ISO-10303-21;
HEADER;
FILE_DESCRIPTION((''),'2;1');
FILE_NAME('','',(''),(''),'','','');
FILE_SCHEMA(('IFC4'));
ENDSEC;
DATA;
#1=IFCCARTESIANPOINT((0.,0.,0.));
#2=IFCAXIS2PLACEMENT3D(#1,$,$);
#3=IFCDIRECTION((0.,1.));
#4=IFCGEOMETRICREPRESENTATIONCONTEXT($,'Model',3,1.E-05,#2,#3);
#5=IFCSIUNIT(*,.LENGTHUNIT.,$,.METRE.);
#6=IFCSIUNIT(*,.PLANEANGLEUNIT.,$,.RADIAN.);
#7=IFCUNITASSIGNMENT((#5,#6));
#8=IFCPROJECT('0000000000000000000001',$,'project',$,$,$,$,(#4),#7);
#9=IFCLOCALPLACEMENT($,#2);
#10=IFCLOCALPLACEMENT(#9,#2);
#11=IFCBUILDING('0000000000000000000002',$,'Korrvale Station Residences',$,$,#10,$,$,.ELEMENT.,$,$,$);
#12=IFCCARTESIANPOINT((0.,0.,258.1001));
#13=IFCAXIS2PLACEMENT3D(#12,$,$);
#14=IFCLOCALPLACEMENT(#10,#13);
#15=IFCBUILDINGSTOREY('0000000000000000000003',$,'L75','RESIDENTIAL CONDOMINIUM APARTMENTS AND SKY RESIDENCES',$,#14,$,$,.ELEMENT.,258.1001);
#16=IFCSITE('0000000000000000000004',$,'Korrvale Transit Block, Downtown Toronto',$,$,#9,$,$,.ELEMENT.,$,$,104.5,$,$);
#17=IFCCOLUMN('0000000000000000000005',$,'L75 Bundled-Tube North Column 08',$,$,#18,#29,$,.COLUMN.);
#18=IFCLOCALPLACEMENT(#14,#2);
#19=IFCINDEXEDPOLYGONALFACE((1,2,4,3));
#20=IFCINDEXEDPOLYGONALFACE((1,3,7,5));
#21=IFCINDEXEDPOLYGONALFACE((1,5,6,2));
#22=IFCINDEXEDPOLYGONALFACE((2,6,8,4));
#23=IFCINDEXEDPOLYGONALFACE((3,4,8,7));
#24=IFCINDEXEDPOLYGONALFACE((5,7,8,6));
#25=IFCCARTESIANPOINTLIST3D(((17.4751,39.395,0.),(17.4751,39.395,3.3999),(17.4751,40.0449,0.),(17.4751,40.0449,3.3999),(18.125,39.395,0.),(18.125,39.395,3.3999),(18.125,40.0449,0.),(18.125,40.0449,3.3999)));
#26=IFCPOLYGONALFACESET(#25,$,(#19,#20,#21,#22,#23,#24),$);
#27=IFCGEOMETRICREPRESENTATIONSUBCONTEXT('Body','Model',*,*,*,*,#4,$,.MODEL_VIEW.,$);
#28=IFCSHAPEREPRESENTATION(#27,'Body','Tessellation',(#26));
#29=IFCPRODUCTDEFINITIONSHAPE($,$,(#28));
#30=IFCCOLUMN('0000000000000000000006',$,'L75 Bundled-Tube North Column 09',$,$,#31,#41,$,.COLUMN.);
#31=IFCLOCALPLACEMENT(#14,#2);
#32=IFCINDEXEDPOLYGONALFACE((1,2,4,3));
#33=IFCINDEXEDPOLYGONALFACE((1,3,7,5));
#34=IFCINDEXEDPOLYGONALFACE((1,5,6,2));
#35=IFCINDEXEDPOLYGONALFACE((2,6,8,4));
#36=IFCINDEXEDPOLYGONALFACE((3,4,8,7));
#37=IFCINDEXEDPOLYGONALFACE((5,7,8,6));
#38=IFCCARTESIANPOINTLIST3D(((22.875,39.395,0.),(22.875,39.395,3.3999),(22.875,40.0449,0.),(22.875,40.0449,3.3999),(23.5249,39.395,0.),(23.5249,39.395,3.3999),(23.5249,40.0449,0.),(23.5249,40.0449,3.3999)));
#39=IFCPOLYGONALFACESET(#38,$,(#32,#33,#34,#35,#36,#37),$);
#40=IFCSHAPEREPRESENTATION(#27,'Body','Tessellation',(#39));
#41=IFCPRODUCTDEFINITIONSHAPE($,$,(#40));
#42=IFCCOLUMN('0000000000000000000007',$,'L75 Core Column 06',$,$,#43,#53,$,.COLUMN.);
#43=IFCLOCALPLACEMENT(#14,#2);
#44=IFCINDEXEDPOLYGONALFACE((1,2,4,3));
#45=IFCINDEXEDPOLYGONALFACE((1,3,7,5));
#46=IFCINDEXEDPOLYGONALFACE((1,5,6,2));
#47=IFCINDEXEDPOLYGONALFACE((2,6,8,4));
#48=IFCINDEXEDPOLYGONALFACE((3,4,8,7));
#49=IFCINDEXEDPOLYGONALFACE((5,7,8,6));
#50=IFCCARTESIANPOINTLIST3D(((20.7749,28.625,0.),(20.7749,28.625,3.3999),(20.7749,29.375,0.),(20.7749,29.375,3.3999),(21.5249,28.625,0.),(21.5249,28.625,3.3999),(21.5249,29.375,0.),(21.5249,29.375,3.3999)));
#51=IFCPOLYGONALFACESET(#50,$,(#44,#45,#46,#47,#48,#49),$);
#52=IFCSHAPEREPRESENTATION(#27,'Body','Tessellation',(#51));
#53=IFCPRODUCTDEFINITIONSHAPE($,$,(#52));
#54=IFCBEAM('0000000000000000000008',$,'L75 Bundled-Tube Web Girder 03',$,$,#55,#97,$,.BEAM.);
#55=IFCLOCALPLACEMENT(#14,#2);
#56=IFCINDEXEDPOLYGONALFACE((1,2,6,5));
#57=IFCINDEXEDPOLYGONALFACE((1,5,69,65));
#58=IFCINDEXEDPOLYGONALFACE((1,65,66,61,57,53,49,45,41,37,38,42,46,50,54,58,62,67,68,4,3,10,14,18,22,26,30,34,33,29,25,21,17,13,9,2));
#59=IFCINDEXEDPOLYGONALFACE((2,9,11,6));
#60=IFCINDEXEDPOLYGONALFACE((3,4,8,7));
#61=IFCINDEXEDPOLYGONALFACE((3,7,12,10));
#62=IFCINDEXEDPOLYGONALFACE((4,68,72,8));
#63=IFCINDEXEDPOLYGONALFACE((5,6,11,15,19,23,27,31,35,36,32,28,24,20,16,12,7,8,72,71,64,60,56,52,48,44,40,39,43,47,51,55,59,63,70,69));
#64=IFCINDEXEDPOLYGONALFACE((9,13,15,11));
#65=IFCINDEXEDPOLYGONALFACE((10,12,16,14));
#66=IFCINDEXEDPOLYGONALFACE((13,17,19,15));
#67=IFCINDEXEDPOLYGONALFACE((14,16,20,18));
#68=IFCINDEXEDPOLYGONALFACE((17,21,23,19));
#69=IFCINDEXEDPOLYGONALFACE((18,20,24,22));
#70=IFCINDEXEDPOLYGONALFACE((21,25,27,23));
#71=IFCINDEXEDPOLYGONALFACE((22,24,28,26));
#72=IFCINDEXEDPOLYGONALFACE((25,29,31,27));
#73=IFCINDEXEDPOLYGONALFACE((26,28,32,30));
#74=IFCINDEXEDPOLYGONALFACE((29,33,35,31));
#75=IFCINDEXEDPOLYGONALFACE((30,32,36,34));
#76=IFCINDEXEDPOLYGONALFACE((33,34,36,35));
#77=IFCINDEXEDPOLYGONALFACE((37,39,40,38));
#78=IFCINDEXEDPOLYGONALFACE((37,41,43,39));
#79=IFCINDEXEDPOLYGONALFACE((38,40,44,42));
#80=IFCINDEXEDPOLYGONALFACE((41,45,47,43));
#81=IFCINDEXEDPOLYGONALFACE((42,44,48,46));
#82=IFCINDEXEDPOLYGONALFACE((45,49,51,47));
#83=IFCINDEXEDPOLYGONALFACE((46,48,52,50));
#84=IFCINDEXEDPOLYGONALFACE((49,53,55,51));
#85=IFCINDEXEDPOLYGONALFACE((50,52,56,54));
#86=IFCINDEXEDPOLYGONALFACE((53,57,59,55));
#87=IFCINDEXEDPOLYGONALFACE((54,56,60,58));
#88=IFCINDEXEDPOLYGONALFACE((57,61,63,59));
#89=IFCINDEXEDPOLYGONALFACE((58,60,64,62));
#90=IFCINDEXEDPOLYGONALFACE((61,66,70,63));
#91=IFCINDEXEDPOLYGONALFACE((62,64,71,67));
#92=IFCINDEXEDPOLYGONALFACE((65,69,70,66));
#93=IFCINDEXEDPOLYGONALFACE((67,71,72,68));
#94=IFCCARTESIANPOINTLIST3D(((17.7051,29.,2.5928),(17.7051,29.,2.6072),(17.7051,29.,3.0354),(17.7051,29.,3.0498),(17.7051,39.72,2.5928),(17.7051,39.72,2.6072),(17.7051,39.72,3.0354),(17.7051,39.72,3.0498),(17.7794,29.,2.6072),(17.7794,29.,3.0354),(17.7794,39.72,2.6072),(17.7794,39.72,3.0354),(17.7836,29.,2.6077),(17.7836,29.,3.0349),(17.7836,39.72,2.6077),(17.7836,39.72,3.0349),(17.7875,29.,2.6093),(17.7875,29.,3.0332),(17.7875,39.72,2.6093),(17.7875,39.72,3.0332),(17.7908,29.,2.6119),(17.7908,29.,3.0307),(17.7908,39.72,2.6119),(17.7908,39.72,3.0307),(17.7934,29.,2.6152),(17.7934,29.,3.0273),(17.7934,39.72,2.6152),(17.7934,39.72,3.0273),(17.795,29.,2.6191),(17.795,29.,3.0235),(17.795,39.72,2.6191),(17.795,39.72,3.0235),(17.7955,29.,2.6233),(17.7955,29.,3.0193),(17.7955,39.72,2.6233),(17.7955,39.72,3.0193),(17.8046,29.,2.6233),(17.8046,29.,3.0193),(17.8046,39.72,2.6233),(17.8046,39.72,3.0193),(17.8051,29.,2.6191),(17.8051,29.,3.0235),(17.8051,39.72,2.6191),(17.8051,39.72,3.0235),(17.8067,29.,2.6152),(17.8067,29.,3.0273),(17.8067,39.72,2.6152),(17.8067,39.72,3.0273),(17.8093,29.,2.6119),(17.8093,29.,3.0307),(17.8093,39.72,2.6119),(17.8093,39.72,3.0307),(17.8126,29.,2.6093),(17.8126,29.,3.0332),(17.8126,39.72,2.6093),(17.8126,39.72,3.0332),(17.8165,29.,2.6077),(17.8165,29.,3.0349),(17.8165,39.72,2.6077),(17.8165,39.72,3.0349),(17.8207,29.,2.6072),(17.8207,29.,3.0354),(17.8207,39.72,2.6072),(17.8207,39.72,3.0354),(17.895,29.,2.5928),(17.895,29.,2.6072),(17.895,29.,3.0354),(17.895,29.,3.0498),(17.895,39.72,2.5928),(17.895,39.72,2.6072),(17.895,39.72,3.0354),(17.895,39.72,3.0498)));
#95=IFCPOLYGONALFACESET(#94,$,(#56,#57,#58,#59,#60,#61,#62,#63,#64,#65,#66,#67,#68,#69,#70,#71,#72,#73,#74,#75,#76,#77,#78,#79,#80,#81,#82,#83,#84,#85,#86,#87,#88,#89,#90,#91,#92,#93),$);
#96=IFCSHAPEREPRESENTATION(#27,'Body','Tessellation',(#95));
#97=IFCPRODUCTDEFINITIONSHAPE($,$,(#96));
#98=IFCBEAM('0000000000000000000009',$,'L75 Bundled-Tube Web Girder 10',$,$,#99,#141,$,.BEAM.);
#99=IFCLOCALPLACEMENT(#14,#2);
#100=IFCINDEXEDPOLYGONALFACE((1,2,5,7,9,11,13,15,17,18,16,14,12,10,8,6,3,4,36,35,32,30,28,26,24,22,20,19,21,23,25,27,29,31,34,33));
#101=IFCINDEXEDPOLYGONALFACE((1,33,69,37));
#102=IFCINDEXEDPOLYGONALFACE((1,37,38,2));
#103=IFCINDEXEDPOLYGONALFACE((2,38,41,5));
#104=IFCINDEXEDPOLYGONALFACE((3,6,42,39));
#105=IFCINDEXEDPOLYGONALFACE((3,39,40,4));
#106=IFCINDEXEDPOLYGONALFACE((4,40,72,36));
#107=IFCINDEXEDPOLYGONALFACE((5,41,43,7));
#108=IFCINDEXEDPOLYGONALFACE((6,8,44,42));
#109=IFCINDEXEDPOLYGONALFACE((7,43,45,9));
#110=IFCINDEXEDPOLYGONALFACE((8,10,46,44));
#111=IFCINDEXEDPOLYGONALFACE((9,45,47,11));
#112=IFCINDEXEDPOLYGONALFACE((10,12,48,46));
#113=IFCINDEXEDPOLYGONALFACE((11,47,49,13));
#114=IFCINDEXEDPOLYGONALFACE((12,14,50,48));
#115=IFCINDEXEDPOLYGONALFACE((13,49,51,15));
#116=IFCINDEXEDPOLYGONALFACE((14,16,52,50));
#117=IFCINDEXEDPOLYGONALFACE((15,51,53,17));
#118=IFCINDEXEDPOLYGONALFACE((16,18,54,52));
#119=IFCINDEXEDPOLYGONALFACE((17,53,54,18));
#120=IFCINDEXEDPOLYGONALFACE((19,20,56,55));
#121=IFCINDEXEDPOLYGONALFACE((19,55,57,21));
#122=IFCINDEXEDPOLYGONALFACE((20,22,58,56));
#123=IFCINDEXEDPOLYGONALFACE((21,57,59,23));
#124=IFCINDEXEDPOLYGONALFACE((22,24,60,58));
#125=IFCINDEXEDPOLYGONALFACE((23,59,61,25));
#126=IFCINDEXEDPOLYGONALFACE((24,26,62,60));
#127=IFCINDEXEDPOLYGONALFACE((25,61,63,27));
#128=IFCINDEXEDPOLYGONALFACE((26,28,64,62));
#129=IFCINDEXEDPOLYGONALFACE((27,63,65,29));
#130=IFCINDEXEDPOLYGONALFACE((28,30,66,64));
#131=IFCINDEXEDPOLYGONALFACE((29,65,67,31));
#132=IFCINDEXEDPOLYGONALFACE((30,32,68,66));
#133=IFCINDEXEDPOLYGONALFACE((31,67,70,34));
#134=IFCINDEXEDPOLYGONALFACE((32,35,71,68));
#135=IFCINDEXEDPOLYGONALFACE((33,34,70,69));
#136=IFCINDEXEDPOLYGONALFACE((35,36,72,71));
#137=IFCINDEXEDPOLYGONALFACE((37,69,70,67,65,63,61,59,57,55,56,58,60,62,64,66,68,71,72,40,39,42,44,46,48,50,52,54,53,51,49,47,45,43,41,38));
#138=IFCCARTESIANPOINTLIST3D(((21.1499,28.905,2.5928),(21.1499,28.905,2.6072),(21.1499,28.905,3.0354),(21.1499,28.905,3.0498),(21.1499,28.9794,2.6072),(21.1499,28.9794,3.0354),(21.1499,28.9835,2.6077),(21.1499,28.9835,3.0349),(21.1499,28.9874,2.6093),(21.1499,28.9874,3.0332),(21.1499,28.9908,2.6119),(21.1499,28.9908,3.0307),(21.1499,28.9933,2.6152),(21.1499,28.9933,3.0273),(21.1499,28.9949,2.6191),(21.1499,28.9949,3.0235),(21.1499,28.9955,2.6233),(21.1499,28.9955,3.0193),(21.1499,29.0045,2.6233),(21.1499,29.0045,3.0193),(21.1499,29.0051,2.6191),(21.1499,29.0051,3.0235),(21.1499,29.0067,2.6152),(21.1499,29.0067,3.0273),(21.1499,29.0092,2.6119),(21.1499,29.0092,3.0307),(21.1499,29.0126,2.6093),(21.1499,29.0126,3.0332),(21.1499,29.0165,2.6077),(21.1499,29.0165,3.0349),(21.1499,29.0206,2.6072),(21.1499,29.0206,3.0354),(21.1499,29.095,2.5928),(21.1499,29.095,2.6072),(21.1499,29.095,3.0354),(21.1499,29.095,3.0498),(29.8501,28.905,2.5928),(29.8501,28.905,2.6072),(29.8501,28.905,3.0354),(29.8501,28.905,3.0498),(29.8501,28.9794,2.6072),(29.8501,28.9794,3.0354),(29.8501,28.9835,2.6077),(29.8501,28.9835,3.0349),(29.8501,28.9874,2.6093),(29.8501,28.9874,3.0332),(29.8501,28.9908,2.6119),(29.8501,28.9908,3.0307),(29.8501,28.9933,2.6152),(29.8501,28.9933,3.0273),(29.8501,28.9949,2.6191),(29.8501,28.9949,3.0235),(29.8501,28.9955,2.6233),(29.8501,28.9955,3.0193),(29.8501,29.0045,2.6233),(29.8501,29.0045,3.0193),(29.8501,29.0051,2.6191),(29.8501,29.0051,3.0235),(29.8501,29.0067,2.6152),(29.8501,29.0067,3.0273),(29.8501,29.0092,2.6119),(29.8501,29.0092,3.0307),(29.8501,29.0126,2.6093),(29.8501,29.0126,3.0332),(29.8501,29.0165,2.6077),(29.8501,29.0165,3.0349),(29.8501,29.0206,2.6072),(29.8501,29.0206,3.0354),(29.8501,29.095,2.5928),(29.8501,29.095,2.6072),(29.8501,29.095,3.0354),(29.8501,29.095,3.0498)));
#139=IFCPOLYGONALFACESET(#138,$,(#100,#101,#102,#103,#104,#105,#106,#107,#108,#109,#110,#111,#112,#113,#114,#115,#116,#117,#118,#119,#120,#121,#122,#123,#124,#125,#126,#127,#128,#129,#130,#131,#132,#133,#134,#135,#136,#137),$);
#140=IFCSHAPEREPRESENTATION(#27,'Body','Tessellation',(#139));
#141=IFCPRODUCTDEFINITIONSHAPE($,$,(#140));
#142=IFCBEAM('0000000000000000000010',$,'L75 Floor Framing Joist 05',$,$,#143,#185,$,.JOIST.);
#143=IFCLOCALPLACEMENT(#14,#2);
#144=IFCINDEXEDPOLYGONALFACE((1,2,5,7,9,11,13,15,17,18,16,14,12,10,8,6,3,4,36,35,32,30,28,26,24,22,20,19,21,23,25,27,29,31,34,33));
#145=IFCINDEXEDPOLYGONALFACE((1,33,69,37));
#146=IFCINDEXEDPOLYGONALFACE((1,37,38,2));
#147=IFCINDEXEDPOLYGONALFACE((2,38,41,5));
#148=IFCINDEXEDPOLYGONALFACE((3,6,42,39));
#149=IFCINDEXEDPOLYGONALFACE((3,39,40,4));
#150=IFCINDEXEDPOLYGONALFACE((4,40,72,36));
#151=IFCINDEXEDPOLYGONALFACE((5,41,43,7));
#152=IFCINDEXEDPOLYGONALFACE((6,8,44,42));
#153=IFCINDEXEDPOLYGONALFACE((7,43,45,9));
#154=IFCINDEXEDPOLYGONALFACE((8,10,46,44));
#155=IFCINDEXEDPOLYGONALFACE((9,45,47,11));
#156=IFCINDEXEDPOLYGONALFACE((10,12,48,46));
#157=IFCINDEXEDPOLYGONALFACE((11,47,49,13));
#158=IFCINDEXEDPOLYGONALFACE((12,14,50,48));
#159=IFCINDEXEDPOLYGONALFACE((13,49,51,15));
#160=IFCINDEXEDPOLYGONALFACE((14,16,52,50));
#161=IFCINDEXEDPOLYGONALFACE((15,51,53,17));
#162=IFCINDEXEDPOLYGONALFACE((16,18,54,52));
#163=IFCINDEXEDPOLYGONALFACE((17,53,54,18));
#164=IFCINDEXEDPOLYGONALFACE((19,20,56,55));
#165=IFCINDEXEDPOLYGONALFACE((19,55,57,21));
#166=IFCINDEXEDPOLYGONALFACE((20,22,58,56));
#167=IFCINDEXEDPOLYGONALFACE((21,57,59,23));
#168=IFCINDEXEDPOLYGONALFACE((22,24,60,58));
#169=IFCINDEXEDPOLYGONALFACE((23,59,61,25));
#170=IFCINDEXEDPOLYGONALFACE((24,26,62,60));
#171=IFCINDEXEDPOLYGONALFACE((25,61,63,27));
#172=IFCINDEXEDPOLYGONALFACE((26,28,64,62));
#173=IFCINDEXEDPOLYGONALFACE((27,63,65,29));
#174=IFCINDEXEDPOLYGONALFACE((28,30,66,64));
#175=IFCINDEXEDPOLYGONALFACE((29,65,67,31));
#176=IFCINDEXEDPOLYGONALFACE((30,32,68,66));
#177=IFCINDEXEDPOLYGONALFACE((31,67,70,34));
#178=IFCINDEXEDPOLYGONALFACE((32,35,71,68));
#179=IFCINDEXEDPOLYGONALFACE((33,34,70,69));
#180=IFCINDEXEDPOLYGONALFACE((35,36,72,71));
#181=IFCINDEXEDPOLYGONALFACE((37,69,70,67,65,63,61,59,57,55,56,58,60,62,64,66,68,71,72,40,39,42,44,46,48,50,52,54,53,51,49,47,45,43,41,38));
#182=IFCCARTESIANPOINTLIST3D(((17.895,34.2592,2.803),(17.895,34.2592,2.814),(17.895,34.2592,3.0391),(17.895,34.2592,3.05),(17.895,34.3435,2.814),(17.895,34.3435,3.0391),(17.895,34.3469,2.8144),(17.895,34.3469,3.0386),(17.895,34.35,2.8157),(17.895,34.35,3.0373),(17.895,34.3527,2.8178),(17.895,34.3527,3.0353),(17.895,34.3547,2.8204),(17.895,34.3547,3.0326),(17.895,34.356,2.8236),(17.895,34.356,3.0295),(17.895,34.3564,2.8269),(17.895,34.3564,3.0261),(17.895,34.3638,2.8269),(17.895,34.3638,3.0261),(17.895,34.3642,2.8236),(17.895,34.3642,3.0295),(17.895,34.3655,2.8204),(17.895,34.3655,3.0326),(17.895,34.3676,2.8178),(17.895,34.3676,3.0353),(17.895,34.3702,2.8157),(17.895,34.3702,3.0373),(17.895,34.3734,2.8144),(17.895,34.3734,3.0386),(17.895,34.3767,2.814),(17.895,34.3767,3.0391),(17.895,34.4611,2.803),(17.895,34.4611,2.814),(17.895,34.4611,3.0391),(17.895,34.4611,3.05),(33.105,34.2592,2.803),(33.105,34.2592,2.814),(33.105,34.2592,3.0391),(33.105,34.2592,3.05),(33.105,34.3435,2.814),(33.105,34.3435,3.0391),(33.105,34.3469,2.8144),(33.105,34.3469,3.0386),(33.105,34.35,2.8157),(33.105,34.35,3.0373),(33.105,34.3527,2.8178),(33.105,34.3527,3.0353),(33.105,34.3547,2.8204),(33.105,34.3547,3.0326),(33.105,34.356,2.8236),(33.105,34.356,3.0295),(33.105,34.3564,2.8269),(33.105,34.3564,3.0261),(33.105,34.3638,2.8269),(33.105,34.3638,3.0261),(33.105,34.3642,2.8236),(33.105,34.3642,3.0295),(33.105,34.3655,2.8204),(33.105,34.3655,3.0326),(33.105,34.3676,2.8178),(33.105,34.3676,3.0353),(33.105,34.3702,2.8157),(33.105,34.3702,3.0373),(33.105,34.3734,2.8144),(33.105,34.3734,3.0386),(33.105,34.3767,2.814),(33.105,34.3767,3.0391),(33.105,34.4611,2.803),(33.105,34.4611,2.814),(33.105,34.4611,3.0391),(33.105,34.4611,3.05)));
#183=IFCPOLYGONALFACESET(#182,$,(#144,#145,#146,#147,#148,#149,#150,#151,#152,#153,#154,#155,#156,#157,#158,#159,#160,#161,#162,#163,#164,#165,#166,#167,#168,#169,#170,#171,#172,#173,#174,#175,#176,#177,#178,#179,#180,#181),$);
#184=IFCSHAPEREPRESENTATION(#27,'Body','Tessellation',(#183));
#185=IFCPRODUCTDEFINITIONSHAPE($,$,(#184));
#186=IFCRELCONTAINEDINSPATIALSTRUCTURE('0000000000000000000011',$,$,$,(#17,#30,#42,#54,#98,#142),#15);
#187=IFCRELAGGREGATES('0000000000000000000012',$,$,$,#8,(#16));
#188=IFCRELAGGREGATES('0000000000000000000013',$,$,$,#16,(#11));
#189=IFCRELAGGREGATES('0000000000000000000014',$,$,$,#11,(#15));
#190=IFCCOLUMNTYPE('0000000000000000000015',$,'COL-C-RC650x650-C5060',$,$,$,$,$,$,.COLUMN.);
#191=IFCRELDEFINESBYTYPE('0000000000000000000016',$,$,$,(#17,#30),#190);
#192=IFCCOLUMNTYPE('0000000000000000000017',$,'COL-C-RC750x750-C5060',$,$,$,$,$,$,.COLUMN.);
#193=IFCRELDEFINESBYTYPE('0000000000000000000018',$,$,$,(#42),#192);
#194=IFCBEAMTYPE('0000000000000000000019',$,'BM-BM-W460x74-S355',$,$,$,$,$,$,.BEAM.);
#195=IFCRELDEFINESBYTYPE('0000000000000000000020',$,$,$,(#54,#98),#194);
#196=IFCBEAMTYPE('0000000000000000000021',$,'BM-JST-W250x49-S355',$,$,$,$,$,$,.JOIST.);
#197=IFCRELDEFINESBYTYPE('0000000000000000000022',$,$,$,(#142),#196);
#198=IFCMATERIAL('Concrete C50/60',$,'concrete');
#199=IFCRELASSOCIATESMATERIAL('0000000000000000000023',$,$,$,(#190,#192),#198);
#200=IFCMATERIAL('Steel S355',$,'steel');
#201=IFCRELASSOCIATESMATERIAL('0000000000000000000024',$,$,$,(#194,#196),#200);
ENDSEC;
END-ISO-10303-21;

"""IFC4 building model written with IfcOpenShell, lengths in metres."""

from ifc_helpers import new_model, si_unit, direction, frame, origin, origin_2d, place, context, subcontext, project, spatial, rectangle, i_section, extrude, material, material_profile, profile_set, type_object, element, save


model = new_model("IFC4")

# Units and contexts
model_context = context("Model", 3, precision=1e-05, world=origin(), true_north=direction((0.0, 1.0)))
body_context = subcontext(model_context, "Body", "Model", "MODEL_VIEW")
ifc_project = project(units=[si_unit("LENGTHUNIT", "METRE"), si_unit("PLANEANGLEUNIT", "RADIAN")], contexts=[model_context])

# Site, building, storey
site_placement = place(None, origin())
site = spatial("IfcSite", under=ifc_project, at=site_placement, Name="Korrvale Transit Block, Downtown Toronto", CompositionType="ELEMENT", RefElevation=104.5)
building_placement = place(site_placement, origin())
building = spatial("IfcBuilding", under=site, at=building_placement, Name="Korrvale Station Residences", CompositionType="ELEMENT")
storey_placement = place(building_placement, frame((0.0, 0.0, 258.1001)))
storey = spatial("IfcBuildingStorey", under=building, at=storey_placement, Name="L75", Description="RESIDENTIAL CONDOMINIUM APARTMENTS AND SKY RESIDENCES", CompositionType="ELEMENT", Elevation=258.1001)

# Columns
ifc_material_1 = material(Name="Concrete C50/60", Category="concrete")
ifc_material_profile_1 = material_profile(ifc_material_1, rectangle(XDim=0.6499, YDim=0.6499, at=origin_2d()), Name="RC650x650")
ifc_profile_set_1 = profile_set([ifc_material_profile_1], Name="Concrete C50/60")
column_type_1 = type_object("IfcColumnType", Name="COL-C-RC650x650-C5060", PredefinedType="COLUMN", material=ifc_profile_set_1)
for number, where, z_axis, x_axis, name in (
    (1, (17.8, 39.72, 0.0), (0.0, 0.0, 1.0), (1.0, 0.0, 0.0), "L75 Bundled-Tube North Column 08"),
    (2, (23.2, 39.72, 0.0), (0.0, 0.0, 1.0), (1.0, 0.0, 0.0), "L75 Bundled-Tube North Column 09"),
):
    element("IfcColumn", number, at=place(storey_placement, frame(where, z_axis=z_axis, x_axis=x_axis)), inside=storey, type_object=column_type_1, Name=name, PredefinedType="COLUMN", context=body_context, shape_type="SweptSolid", body=[
        extrude(rectangle(XDim=0.6499, YDim=0.6499, at=origin_2d()), origin(), (0.0, 0.0, 1.0), 3.3999),
    ])
ifc_material_profile_2 = material_profile(ifc_material_1, rectangle(XDim=0.75, YDim=0.75, at=origin_2d()), Name="RC750x750")
ifc_profile_set_2 = profile_set([ifc_material_profile_2], Name="Concrete C50/60")
column_type_2 = type_object("IfcColumnType", Name="COL-C-RC750x750-C5060", PredefinedType="COLUMN", material=ifc_profile_set_2)
column_placement = place(storey_placement, frame((21.1499, 29.0, 0.0), z_axis=(0.0, 0.0, 1.0), x_axis=(1.0, 0.0, 0.0)))
element("IfcColumn", 3, at=column_placement, inside=storey, type_object=column_type_2, Name="L75 Core Column 06", PredefinedType="COLUMN", context=body_context, shape_type="SweptSolid", body=[
    extrude(rectangle(XDim=0.75, YDim=0.75, at=origin_2d()), origin(), (0.0, 0.0, 1.0), 3.3999),
])

# Beams
ifc_material_2 = material(Name="Steel S355", Category="steel")
ifc_material_profile_3 = material_profile(ifc_material_2, i_section(OverallWidth=0.1899, OverallDepth=0.457, WebThickness=0.009, FlangeThickness=0.0144, FilletRadius=0.0161, at=origin_2d()), Name="W460x74")
ifc_profile_set_3 = profile_set([ifc_material_profile_3], Name="Steel S355")
beam_type_1 = type_object("IfcBeamType", Name="BM-BM-W460x74-S355", PredefinedType="BEAM", material=ifc_profile_set_3)
beam_1_placement = place(storey_placement, frame((17.8, 29.0, 2.8213), z_axis=(0.0, 1.0, 0.0), x_axis=(-1.0, 0.0, 0.0)))
element("IfcBeam", 4, at=beam_1_placement, inside=storey, type_object=beam_type_1, Name="L75 Bundled-Tube Web Girder 03", PredefinedType="BEAM", context=body_context, shape_type="SweptSolid", body=[
    extrude(i_section(OverallWidth=0.1899, OverallDepth=0.457, WebThickness=0.009, FlangeThickness=0.0144, FilletRadius=0.0161, at=origin_2d()), origin(), (0.0, 0.0, 1.0), 10.72),
])
beam_2_placement = place(storey_placement, frame((21.1499, 29.0, 2.8213), z_axis=(1.0, 0.0, 0.0), x_axis=(0.0, 1.0, 0.0)))
element("IfcBeam", 5, at=beam_2_placement, inside=storey, type_object=beam_type_1, Name="L75 Bundled-Tube Web Girder 10", PredefinedType="BEAM", context=body_context, shape_type="SweptSolid", body=[
    extrude(i_section(OverallWidth=0.1899, OverallDepth=0.457, WebThickness=0.009, FlangeThickness=0.0144, FilletRadius=0.0161, at=origin_2d()), origin(), (0.0, 0.0, 1.0), 8.7002),
])
ifc_material_profile_4 = material_profile(ifc_material_2, i_section(OverallWidth=0.2019, OverallDepth=0.2471, WebThickness=0.0073, FlangeThickness=0.011, FilletRadius=0.0129, at=origin_2d()), Name="W250x49")
ifc_profile_set_4 = profile_set([ifc_material_profile_4], Name="Steel S355")
beam_type_2 = type_object("IfcBeamType", Name="BM-JST-W250x49-S355", PredefinedType="JOIST", material=ifc_profile_set_4)
beam_3_placement = place(storey_placement, frame((17.895, 34.3601, 2.9265), z_axis=(1.0, 0.0, 0.0), x_axis=(0.0, 1.0, 0.0)))
element("IfcBeam", 6, at=beam_3_placement, inside=storey, type_object=beam_type_2, Name="L75 Floor Framing Joist 05", PredefinedType="JOIST", context=body_context, shape_type="SweptSolid", body=[
    extrude(i_section(OverallWidth=0.2019, OverallDepth=0.2471, WebThickness=0.0073, FlangeThickness=0.011, FilletRadius=0.0129, at=origin_2d()), origin(), (0.0, 0.0, 1.0), 15.21),
])

save(model, "model.ifc")
